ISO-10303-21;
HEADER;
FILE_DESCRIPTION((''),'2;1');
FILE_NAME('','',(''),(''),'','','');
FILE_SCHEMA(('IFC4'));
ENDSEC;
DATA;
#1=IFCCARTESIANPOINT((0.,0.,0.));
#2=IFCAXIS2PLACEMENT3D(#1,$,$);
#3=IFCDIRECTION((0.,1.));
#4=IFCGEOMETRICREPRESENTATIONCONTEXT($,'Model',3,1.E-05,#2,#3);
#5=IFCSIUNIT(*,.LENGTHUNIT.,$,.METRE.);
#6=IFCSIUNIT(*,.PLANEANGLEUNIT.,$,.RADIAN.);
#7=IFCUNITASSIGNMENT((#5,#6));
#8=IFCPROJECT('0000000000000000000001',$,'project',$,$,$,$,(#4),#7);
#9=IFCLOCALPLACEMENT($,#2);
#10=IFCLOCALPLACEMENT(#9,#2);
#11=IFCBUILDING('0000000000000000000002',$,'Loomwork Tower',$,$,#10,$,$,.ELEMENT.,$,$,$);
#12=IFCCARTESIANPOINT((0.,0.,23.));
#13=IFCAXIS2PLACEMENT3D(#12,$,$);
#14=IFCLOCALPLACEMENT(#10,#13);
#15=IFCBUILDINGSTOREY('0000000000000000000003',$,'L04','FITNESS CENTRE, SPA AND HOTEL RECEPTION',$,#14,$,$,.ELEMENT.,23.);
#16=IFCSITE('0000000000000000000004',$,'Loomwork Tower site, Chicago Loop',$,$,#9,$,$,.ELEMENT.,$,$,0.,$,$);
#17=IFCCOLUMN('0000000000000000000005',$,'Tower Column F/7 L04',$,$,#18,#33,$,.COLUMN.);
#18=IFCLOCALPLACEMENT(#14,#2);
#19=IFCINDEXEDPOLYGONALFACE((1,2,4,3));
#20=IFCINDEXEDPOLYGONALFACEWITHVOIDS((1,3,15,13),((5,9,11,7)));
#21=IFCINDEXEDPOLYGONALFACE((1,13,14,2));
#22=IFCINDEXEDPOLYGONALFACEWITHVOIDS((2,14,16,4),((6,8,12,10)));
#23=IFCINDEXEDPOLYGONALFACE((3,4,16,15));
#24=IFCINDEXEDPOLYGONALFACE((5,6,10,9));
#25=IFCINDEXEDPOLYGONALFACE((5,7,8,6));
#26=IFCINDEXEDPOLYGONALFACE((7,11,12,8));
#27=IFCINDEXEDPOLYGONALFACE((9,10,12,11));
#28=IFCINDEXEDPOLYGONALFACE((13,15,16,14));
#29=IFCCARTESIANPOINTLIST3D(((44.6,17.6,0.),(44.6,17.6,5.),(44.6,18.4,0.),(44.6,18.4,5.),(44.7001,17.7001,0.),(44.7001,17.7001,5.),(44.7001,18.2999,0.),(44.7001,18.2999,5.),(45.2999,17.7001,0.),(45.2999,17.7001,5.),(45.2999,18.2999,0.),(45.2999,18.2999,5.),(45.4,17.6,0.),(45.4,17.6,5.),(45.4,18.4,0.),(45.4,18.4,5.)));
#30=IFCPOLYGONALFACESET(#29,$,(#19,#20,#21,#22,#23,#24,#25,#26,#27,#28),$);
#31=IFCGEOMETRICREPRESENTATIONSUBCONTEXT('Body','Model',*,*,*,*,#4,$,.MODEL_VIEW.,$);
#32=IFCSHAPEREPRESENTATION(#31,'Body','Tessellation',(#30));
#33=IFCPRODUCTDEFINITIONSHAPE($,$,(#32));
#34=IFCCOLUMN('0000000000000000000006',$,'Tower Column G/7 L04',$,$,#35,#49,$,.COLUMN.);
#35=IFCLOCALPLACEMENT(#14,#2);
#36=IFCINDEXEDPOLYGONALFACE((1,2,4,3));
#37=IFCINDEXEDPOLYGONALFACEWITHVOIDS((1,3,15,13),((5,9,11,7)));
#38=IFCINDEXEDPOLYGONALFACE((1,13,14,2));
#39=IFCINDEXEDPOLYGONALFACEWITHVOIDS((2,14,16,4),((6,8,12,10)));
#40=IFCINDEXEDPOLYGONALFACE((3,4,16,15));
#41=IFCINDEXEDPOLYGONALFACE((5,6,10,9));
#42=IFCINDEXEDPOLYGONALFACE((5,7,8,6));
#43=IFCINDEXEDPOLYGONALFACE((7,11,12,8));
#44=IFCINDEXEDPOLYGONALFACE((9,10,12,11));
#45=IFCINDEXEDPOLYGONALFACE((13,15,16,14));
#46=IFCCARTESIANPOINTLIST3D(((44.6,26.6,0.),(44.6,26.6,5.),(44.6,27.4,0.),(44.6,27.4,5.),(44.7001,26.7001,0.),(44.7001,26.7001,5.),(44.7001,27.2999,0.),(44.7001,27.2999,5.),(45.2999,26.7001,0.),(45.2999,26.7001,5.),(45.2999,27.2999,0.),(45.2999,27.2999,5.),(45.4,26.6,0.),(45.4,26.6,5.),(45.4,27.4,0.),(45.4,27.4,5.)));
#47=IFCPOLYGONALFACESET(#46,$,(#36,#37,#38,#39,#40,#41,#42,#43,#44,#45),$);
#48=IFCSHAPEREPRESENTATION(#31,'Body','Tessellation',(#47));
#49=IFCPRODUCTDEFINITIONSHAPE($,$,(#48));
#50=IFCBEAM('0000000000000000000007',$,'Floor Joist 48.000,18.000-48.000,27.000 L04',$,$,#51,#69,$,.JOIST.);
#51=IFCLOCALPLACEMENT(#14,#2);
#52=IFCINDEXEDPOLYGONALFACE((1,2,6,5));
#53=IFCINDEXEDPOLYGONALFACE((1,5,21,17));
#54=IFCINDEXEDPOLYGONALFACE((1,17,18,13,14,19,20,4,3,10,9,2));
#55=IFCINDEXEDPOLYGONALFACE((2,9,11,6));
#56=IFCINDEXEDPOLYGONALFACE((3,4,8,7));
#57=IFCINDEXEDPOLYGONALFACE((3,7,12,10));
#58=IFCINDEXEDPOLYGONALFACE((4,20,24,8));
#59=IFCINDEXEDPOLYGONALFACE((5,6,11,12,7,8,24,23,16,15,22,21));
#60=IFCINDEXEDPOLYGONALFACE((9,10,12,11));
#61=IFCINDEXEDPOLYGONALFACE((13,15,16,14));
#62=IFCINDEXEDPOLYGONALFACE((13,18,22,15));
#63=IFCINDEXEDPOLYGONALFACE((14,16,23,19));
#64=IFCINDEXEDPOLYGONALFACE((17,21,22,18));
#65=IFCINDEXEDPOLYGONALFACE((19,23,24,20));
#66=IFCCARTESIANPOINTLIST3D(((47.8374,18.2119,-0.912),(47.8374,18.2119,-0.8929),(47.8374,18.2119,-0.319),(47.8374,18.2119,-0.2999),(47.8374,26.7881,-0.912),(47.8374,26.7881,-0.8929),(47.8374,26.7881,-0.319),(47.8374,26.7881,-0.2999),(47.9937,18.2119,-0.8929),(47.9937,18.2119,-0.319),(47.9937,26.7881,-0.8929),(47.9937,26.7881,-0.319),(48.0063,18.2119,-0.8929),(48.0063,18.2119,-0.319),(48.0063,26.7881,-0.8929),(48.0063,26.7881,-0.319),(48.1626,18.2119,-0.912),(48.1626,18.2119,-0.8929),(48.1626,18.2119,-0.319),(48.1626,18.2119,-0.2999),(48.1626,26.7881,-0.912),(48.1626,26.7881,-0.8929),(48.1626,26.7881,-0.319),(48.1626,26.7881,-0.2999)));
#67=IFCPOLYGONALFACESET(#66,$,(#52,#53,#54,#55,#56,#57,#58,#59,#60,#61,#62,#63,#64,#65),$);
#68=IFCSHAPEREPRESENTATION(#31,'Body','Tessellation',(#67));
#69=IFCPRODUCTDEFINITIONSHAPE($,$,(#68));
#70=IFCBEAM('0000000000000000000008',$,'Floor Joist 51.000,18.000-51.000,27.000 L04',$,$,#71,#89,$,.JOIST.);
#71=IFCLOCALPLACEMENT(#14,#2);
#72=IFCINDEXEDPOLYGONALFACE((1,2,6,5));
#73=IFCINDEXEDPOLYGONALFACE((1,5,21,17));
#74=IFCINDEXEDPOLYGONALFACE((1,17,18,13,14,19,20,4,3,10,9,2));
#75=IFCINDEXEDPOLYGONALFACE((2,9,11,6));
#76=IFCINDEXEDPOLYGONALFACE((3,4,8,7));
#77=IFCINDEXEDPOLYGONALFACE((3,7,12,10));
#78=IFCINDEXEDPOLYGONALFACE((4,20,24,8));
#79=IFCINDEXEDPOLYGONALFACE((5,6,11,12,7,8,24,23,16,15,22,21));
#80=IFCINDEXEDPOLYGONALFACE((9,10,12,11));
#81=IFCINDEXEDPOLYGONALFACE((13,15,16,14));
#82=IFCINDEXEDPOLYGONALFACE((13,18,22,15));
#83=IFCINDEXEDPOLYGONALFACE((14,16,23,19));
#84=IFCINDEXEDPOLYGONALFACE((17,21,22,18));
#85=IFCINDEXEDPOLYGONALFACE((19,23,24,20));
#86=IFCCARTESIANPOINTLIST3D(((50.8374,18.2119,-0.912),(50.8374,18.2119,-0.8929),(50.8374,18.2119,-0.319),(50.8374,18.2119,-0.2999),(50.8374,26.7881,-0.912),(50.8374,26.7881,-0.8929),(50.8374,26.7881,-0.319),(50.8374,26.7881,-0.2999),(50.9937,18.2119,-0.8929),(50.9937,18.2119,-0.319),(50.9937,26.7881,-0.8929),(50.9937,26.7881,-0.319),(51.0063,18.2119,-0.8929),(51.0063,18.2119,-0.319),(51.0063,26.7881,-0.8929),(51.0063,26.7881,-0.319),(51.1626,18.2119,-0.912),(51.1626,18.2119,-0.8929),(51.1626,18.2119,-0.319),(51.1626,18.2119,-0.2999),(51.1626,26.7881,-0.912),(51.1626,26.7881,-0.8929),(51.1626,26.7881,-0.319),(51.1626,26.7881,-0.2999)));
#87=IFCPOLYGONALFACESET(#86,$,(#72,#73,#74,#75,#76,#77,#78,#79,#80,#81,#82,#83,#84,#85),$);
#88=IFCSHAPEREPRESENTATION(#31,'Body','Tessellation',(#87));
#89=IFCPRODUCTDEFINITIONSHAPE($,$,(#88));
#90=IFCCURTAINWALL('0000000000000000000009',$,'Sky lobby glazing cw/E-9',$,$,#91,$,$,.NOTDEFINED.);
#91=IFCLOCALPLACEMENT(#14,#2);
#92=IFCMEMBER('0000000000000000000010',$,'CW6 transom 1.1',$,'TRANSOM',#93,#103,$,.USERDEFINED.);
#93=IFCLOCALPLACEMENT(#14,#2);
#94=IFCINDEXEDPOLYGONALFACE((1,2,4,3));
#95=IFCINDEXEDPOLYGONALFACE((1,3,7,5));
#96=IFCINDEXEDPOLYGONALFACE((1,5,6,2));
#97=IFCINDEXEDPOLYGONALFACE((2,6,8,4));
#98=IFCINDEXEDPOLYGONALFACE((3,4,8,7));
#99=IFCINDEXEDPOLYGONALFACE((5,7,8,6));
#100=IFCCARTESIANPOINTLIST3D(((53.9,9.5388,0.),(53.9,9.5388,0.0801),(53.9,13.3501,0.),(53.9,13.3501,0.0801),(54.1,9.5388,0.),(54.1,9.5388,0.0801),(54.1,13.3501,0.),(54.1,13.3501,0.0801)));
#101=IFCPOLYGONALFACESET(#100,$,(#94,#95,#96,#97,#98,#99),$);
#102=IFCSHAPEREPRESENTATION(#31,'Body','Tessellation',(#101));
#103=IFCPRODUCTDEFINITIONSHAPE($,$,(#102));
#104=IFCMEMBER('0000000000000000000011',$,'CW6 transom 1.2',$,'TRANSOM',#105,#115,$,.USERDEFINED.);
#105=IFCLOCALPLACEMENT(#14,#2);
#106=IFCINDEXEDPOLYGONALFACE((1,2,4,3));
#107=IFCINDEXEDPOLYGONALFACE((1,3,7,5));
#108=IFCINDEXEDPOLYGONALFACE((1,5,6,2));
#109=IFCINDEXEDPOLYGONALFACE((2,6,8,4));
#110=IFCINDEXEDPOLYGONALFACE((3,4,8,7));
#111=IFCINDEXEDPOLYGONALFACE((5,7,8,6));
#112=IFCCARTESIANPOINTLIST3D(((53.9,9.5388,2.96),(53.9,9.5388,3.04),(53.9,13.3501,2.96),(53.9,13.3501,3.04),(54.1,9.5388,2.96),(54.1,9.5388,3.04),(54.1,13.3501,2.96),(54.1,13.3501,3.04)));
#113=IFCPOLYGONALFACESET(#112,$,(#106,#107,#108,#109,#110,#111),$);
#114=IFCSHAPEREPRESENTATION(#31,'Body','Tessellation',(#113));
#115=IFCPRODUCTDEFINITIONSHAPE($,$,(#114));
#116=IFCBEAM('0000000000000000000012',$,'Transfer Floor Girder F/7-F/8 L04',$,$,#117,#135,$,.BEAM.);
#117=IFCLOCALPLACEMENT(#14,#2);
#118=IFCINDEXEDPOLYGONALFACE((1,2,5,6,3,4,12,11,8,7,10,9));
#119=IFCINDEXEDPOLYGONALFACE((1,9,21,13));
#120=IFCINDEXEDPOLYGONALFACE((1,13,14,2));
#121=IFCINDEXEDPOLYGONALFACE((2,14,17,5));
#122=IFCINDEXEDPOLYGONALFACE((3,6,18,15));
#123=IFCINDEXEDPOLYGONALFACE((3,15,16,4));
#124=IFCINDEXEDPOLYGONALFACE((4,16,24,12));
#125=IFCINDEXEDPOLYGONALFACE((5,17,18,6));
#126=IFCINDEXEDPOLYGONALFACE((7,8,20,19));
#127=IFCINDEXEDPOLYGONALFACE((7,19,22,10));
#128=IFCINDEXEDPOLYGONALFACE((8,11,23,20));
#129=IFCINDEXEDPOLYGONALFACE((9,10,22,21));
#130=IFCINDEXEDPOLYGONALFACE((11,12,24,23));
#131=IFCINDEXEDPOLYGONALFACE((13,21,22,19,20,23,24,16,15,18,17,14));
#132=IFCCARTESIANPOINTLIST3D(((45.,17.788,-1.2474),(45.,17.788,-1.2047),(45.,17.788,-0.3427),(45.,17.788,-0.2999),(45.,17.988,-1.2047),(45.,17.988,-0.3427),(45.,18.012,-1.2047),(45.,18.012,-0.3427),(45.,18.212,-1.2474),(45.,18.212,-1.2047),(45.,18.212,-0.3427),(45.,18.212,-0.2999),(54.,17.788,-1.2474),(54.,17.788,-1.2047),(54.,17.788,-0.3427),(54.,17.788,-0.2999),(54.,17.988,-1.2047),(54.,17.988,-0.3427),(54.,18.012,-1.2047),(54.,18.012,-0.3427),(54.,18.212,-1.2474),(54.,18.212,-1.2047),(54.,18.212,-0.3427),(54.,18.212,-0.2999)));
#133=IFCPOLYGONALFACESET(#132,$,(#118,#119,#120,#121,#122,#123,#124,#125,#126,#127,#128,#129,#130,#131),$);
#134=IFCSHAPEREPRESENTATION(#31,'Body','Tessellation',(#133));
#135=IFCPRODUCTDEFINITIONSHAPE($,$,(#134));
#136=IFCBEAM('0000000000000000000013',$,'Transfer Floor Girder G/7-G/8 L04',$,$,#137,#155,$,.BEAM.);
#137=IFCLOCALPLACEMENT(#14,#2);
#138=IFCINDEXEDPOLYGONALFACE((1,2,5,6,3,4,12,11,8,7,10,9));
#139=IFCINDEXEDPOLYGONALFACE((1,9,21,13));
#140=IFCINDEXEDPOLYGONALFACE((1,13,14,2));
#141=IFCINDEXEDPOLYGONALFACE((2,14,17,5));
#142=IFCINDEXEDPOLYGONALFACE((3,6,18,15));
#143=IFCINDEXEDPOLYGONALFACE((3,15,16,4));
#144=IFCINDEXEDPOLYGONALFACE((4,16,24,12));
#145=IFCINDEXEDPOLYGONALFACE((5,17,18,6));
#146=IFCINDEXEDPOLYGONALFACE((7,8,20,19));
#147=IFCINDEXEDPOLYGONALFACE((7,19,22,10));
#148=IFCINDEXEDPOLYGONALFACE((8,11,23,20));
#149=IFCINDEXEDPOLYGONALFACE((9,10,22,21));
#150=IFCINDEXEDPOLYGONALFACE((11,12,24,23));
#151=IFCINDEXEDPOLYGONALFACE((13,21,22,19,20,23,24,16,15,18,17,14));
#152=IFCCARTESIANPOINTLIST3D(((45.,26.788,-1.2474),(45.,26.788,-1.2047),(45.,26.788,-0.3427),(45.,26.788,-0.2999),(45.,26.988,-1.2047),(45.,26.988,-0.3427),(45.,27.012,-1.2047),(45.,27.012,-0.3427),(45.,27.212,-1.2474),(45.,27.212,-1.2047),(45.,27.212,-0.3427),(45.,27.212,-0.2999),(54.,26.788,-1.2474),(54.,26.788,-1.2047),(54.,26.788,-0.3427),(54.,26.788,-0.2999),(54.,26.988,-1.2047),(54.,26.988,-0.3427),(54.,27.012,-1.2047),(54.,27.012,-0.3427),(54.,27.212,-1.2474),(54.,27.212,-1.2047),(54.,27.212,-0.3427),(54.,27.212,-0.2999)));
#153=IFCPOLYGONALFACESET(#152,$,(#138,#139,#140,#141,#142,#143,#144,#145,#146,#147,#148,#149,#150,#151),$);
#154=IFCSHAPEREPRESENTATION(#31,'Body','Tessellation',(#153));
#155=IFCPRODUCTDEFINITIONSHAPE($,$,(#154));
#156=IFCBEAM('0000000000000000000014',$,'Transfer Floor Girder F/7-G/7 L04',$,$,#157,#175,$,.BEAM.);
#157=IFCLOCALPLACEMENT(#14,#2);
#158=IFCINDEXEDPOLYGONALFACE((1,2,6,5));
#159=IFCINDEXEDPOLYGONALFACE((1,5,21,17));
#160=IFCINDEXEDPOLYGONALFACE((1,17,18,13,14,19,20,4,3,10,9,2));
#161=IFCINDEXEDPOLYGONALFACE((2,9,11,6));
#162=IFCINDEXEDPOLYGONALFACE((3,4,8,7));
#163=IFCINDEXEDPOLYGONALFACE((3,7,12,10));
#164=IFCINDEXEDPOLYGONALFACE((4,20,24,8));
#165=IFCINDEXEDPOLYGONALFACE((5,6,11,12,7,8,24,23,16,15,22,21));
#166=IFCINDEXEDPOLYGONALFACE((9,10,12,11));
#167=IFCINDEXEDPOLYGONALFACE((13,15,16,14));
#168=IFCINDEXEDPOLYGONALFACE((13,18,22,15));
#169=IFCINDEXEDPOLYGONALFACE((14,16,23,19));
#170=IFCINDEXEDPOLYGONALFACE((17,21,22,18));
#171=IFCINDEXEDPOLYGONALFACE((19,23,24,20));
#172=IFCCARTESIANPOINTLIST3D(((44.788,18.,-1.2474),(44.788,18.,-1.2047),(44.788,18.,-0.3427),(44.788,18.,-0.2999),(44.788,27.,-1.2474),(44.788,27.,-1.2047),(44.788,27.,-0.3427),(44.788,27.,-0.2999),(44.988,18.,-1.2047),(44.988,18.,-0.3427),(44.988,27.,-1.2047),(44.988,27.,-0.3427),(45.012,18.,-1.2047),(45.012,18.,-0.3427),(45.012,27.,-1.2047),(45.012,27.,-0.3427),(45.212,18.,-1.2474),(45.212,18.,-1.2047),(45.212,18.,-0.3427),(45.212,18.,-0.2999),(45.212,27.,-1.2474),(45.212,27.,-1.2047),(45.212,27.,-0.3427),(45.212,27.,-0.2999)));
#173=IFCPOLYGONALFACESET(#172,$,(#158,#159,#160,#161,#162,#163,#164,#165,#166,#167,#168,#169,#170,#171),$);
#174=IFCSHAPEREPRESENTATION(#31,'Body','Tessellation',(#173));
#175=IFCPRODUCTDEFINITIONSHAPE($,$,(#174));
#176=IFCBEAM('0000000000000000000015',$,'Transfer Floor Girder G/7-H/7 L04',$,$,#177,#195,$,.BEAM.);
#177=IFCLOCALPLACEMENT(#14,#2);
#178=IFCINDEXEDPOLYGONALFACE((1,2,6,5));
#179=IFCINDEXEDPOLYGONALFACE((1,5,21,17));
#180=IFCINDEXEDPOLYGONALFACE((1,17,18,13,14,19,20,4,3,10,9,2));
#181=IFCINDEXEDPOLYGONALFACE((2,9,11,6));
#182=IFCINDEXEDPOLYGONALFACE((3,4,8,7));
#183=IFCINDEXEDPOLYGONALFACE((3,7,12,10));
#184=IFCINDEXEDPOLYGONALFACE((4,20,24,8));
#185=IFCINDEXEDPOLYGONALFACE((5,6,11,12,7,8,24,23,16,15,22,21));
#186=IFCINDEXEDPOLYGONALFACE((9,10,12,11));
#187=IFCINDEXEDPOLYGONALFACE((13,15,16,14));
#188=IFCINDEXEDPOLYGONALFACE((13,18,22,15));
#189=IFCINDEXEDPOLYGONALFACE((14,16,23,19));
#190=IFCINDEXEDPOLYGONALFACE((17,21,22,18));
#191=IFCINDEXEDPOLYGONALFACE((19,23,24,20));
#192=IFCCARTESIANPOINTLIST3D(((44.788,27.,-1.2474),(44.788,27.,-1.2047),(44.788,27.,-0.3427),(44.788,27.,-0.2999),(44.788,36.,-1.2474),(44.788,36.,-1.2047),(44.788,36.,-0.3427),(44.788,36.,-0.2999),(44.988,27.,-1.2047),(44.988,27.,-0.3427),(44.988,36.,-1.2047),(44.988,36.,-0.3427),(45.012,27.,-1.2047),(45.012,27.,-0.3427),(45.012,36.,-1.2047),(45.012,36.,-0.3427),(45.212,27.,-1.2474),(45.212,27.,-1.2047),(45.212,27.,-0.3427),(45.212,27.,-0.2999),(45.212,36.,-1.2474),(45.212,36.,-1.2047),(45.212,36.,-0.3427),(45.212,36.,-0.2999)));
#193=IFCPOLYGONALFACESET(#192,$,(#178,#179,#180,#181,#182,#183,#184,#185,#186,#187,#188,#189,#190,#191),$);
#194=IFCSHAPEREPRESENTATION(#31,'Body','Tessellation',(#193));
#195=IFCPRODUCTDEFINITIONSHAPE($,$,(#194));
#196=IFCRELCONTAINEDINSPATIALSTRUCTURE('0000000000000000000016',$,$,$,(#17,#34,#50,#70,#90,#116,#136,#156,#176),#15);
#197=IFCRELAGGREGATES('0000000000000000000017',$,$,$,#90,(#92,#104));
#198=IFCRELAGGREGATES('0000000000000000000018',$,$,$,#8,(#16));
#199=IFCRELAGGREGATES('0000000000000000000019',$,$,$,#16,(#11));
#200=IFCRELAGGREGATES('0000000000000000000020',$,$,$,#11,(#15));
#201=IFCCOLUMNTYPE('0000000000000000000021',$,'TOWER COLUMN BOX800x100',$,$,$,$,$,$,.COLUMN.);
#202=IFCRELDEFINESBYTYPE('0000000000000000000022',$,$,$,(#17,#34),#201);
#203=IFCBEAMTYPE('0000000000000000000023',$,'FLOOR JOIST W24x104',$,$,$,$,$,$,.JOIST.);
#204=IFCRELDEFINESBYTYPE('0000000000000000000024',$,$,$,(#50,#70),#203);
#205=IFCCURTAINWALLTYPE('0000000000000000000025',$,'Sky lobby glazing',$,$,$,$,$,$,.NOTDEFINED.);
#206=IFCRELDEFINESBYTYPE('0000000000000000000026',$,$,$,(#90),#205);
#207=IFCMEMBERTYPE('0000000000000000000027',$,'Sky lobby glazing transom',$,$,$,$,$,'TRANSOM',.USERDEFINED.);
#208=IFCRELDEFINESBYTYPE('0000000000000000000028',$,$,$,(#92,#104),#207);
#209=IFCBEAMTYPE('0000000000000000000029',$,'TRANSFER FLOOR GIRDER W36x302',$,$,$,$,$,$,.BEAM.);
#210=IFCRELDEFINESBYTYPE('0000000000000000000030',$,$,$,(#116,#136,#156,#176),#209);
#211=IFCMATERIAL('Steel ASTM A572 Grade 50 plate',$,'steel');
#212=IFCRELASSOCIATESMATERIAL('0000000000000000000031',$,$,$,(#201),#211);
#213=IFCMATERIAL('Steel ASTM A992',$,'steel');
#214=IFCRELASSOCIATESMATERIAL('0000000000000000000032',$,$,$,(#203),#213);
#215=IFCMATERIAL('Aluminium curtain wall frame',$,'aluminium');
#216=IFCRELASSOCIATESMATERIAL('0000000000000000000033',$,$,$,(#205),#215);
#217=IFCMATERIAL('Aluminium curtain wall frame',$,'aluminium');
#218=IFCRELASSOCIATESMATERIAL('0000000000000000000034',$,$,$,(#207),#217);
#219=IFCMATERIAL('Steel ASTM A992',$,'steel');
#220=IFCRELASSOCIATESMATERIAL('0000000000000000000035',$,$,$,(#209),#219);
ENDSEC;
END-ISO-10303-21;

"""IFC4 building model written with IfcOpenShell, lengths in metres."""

from ifc_helpers import new_model, si_unit, direction, frame, origin, origin_2d, place, context, subcontext, project, spatial, rectangle, hollow_rectangle, i_section, extrude, material, material_profile, profile_set, type_object, element, aggregate, save


model = new_model("IFC4")

# Units and contexts
model_context = context("Model", 3, precision=1e-05, world=origin(), true_north=direction((0.0, 1.0)))
body_context = subcontext(model_context, "Body", "Model", "MODEL_VIEW")
ifc_project = project(units=[si_unit("LENGTHUNIT", "METRE"), si_unit("PLANEANGLEUNIT", "RADIAN")], contexts=[model_context])

# Site, building, storey
site_placement = place(None, origin())
site = spatial("IfcSite", under=ifc_project, at=site_placement, Name="Loomwork Tower site, Chicago Loop", CompositionType="ELEMENT", RefElevation=0.0)
building_placement = place(site_placement, origin())
building = spatial("IfcBuilding", under=site, at=building_placement, Name="Loomwork Tower", CompositionType="ELEMENT")
storey_placement = place(building_placement, frame((0.0, 0.0, 23.0)))
storey = spatial("IfcBuildingStorey", under=building, at=storey_placement, Name="L04", Description="FITNESS CENTRE, SPA AND HOTEL RECEPTION", CompositionType="ELEMENT", Elevation=23.0)

# Columns
ifc_material_1 = material(Name="Steel ASTM A572 Grade 50 plate", Category="steel")
ifc_material_profile_1 = material_profile(ifc_material_1, hollow_rectangle(XDim=0.8, YDim=0.8, WallThickness=0.1001, at=origin_2d()), Name="BOX800x100")
ifc_profile_set_1 = profile_set([ifc_material_profile_1], Name="Steel ASTM A572 Grade 50 plate")
column_type = type_object("IfcColumnType", Name="TOWER COLUMN BOX800x100", PredefinedType="COLUMN", material=ifc_profile_set_1)
for number, where, z_axis, x_axis, name in (
    (1, (45.0, 18.0, 0.0), (0.0, 0.0, 1.0), (0.0, 1.0, 0.0), "Tower Column F/7 L04"),
    (2, (45.0, 27.0, 0.0), (0.0, 0.0, 1.0), (0.0, 1.0, 0.0), "Tower Column G/7 L04"),
):
    element("IfcColumn", number, at=place(storey_placement, frame(where, z_axis=z_axis, x_axis=x_axis)), inside=storey, type_object=column_type, Name=name, PredefinedType="COLUMN", context=body_context, shape_type="SweptSolid", body=[
        extrude(hollow_rectangle(XDim=0.8, YDim=0.8, WallThickness=0.1001, at=origin_2d()), origin(), (0.0, 0.0, 1.0), 5.0),
    ])

# Beams
ifc_material_2 = material(Name="Steel ASTM A992", Category="steel")
ifc_material_profile_2 = material_profile(ifc_material_2, i_section(OverallWidth=0.3252, OverallDepth=0.6121, WebThickness=0.0127, FlangeThickness=0.019, at=origin_2d()), Name="W24x104")
ifc_profile_set_2 = profile_set([ifc_material_profile_2], Name="Steel ASTM A992")
beam_type_1 = type_object("IfcBeamType", Name="FLOOR JOIST W24x104", PredefinedType="JOIST", material=ifc_profile_set_2)
for number, where, z_axis, x_axis, name in (
    (3, (48.0, 18.2119, -0.606), (0.0, 1.0, 0.0), (-1.0, 0.0, 0.0), "Floor Joist 48.000,18.000-48.000,27.000 L04"),
    (4, (51.0, 18.2119, -0.606), (0.0, 1.0, 0.0), (-1.0, 0.0, 0.0), "Floor Joist 51.000,18.000-51.000,27.000 L04"),
):
    element("IfcBeam", number, at=place(storey_placement, frame(where, z_axis=z_axis, x_axis=x_axis)), inside=storey, type_object=beam_type_1, Name=name, PredefinedType="JOIST", context=body_context, shape_type="SweptSolid", body=[
        extrude(i_section(OverallWidth=0.3252, OverallDepth=0.6121, WebThickness=0.0127, FlangeThickness=0.019, at=origin_2d()), origin(), (0.0, 0.0, 1.0), 8.5762),
    ])

# Curtain wall, members
ifc_material_3 = material(Name="Aluminium curtain wall frame", Category="aluminium")
curtain_wall_type = type_object("IfcCurtainWallType", Name="Sky lobby glazing", PredefinedType="NOTDEFINED", material=ifc_material_3)
curtain_wall_placement = place(storey_placement, origin())
curtain_wall = element("IfcCurtainWall", 5, at=curtain_wall_placement, inside=storey, type_object=curtain_wall_type, Name="Sky lobby glazing cw/E-9", PredefinedType="NOTDEFINED")
ifc_material_4 = material(Name="Aluminium curtain wall frame", Category="aluminium")
ifc_material_profile_3 = material_profile(ifc_material_4, rectangle(XDim=0.2, YDim=0.0801, at=origin_2d()), Name="AL 80x200")
ifc_profile_set_3 = profile_set([ifc_material_profile_3], Name="Aluminium curtain wall frame")
member_type = type_object("IfcMemberType", Name="Sky lobby glazing transom", ElementType="TRANSOM", PredefinedType="USERDEFINED", material=ifc_profile_set_3)
member_1_placement = place(storey_placement, frame((54.0, 9.5388, 0.04), z_axis=(0.0, 1.0, 0.0), x_axis=(-1.0, 0.0, 0.0)))
member_1 = element("IfcMember", 6, at=member_1_placement, type_object=member_type, Name="CW6 transom 1.1", ObjectType="TRANSOM", PredefinedType="USERDEFINED", context=body_context, shape_type="SweptSolid", body=[
    extrude(rectangle(XDim=0.2, YDim=0.0801, at=origin_2d()), origin(), (0.0, 0.0, 1.0), 3.8113),
])
member_2_placement = place(storey_placement, frame((54.0, 9.5388, 3.0), z_axis=(0.0, 1.0, 0.0), x_axis=(-1.0, 0.0, 0.0)))
member_2 = element("IfcMember", 7, at=member_2_placement, type_object=member_type, Name="CW6 transom 1.2", ObjectType="TRANSOM", PredefinedType="USERDEFINED", context=body_context, shape_type="SweptSolid", body=[
    extrude(rectangle(XDim=0.2, YDim=0.0801, at=origin_2d()), origin(), (0.0, 0.0, 1.0), 3.8113),
])
aggregate(curtain_wall, [member_1, member_2])

# Beams
ifc_material_5 = material(Name="Steel ASTM A992", Category="steel")
ifc_material_profile_4 = material_profile(ifc_material_5, i_section(OverallWidth=0.4241, OverallDepth=0.9475, WebThickness=0.0239, FlangeThickness=0.0427, at=origin_2d()), Name="W36x302")
ifc_profile_set_4 = profile_set([ifc_material_profile_4], Name="Steel ASTM A992")
beam_type_2 = type_object("IfcBeamType", Name="TRANSFER FLOOR GIRDER W36x302", PredefinedType="BEAM", material=ifc_profile_set_4)
for number, where, z_axis, x_axis, name in (
    (8, (45.0, 18.0, -0.7737), (1.0, 0.0, 0.0), (0.0, 1.0, 0.0), "Transfer Floor Girder F/7-F/8 L04"),
    (9, (45.0, 27.0, -0.7737), (1.0, 0.0, 0.0), (0.0, 1.0, 0.0), "Transfer Floor Girder G/7-G/8 L04"),
    (10, (45.0, 18.0, -0.7737), (0.0, 1.0, 0.0), (-1.0, 0.0, 0.0), "Transfer Floor Girder F/7-G/7 L04"),
    (11, (45.0, 27.0, -0.7737), (0.0, 1.0, 0.0), (-1.0, 0.0, 0.0), "Transfer Floor Girder G/7-H/7 L04"),
):
    element("IfcBeam", number, at=place(storey_placement, frame(where, z_axis=z_axis, x_axis=x_axis)), inside=storey, type_object=beam_type_2, Name=name, PredefinedType="BEAM", context=body_context, shape_type="SweptSolid", body=[
        extrude(i_section(OverallWidth=0.4241, OverallDepth=0.9475, WebThickness=0.0239, FlangeThickness=0.0427, at=origin_2d()), origin(), (0.0, 0.0, 1.0), 9.0),
    ])

save(model, "model.ifc")
